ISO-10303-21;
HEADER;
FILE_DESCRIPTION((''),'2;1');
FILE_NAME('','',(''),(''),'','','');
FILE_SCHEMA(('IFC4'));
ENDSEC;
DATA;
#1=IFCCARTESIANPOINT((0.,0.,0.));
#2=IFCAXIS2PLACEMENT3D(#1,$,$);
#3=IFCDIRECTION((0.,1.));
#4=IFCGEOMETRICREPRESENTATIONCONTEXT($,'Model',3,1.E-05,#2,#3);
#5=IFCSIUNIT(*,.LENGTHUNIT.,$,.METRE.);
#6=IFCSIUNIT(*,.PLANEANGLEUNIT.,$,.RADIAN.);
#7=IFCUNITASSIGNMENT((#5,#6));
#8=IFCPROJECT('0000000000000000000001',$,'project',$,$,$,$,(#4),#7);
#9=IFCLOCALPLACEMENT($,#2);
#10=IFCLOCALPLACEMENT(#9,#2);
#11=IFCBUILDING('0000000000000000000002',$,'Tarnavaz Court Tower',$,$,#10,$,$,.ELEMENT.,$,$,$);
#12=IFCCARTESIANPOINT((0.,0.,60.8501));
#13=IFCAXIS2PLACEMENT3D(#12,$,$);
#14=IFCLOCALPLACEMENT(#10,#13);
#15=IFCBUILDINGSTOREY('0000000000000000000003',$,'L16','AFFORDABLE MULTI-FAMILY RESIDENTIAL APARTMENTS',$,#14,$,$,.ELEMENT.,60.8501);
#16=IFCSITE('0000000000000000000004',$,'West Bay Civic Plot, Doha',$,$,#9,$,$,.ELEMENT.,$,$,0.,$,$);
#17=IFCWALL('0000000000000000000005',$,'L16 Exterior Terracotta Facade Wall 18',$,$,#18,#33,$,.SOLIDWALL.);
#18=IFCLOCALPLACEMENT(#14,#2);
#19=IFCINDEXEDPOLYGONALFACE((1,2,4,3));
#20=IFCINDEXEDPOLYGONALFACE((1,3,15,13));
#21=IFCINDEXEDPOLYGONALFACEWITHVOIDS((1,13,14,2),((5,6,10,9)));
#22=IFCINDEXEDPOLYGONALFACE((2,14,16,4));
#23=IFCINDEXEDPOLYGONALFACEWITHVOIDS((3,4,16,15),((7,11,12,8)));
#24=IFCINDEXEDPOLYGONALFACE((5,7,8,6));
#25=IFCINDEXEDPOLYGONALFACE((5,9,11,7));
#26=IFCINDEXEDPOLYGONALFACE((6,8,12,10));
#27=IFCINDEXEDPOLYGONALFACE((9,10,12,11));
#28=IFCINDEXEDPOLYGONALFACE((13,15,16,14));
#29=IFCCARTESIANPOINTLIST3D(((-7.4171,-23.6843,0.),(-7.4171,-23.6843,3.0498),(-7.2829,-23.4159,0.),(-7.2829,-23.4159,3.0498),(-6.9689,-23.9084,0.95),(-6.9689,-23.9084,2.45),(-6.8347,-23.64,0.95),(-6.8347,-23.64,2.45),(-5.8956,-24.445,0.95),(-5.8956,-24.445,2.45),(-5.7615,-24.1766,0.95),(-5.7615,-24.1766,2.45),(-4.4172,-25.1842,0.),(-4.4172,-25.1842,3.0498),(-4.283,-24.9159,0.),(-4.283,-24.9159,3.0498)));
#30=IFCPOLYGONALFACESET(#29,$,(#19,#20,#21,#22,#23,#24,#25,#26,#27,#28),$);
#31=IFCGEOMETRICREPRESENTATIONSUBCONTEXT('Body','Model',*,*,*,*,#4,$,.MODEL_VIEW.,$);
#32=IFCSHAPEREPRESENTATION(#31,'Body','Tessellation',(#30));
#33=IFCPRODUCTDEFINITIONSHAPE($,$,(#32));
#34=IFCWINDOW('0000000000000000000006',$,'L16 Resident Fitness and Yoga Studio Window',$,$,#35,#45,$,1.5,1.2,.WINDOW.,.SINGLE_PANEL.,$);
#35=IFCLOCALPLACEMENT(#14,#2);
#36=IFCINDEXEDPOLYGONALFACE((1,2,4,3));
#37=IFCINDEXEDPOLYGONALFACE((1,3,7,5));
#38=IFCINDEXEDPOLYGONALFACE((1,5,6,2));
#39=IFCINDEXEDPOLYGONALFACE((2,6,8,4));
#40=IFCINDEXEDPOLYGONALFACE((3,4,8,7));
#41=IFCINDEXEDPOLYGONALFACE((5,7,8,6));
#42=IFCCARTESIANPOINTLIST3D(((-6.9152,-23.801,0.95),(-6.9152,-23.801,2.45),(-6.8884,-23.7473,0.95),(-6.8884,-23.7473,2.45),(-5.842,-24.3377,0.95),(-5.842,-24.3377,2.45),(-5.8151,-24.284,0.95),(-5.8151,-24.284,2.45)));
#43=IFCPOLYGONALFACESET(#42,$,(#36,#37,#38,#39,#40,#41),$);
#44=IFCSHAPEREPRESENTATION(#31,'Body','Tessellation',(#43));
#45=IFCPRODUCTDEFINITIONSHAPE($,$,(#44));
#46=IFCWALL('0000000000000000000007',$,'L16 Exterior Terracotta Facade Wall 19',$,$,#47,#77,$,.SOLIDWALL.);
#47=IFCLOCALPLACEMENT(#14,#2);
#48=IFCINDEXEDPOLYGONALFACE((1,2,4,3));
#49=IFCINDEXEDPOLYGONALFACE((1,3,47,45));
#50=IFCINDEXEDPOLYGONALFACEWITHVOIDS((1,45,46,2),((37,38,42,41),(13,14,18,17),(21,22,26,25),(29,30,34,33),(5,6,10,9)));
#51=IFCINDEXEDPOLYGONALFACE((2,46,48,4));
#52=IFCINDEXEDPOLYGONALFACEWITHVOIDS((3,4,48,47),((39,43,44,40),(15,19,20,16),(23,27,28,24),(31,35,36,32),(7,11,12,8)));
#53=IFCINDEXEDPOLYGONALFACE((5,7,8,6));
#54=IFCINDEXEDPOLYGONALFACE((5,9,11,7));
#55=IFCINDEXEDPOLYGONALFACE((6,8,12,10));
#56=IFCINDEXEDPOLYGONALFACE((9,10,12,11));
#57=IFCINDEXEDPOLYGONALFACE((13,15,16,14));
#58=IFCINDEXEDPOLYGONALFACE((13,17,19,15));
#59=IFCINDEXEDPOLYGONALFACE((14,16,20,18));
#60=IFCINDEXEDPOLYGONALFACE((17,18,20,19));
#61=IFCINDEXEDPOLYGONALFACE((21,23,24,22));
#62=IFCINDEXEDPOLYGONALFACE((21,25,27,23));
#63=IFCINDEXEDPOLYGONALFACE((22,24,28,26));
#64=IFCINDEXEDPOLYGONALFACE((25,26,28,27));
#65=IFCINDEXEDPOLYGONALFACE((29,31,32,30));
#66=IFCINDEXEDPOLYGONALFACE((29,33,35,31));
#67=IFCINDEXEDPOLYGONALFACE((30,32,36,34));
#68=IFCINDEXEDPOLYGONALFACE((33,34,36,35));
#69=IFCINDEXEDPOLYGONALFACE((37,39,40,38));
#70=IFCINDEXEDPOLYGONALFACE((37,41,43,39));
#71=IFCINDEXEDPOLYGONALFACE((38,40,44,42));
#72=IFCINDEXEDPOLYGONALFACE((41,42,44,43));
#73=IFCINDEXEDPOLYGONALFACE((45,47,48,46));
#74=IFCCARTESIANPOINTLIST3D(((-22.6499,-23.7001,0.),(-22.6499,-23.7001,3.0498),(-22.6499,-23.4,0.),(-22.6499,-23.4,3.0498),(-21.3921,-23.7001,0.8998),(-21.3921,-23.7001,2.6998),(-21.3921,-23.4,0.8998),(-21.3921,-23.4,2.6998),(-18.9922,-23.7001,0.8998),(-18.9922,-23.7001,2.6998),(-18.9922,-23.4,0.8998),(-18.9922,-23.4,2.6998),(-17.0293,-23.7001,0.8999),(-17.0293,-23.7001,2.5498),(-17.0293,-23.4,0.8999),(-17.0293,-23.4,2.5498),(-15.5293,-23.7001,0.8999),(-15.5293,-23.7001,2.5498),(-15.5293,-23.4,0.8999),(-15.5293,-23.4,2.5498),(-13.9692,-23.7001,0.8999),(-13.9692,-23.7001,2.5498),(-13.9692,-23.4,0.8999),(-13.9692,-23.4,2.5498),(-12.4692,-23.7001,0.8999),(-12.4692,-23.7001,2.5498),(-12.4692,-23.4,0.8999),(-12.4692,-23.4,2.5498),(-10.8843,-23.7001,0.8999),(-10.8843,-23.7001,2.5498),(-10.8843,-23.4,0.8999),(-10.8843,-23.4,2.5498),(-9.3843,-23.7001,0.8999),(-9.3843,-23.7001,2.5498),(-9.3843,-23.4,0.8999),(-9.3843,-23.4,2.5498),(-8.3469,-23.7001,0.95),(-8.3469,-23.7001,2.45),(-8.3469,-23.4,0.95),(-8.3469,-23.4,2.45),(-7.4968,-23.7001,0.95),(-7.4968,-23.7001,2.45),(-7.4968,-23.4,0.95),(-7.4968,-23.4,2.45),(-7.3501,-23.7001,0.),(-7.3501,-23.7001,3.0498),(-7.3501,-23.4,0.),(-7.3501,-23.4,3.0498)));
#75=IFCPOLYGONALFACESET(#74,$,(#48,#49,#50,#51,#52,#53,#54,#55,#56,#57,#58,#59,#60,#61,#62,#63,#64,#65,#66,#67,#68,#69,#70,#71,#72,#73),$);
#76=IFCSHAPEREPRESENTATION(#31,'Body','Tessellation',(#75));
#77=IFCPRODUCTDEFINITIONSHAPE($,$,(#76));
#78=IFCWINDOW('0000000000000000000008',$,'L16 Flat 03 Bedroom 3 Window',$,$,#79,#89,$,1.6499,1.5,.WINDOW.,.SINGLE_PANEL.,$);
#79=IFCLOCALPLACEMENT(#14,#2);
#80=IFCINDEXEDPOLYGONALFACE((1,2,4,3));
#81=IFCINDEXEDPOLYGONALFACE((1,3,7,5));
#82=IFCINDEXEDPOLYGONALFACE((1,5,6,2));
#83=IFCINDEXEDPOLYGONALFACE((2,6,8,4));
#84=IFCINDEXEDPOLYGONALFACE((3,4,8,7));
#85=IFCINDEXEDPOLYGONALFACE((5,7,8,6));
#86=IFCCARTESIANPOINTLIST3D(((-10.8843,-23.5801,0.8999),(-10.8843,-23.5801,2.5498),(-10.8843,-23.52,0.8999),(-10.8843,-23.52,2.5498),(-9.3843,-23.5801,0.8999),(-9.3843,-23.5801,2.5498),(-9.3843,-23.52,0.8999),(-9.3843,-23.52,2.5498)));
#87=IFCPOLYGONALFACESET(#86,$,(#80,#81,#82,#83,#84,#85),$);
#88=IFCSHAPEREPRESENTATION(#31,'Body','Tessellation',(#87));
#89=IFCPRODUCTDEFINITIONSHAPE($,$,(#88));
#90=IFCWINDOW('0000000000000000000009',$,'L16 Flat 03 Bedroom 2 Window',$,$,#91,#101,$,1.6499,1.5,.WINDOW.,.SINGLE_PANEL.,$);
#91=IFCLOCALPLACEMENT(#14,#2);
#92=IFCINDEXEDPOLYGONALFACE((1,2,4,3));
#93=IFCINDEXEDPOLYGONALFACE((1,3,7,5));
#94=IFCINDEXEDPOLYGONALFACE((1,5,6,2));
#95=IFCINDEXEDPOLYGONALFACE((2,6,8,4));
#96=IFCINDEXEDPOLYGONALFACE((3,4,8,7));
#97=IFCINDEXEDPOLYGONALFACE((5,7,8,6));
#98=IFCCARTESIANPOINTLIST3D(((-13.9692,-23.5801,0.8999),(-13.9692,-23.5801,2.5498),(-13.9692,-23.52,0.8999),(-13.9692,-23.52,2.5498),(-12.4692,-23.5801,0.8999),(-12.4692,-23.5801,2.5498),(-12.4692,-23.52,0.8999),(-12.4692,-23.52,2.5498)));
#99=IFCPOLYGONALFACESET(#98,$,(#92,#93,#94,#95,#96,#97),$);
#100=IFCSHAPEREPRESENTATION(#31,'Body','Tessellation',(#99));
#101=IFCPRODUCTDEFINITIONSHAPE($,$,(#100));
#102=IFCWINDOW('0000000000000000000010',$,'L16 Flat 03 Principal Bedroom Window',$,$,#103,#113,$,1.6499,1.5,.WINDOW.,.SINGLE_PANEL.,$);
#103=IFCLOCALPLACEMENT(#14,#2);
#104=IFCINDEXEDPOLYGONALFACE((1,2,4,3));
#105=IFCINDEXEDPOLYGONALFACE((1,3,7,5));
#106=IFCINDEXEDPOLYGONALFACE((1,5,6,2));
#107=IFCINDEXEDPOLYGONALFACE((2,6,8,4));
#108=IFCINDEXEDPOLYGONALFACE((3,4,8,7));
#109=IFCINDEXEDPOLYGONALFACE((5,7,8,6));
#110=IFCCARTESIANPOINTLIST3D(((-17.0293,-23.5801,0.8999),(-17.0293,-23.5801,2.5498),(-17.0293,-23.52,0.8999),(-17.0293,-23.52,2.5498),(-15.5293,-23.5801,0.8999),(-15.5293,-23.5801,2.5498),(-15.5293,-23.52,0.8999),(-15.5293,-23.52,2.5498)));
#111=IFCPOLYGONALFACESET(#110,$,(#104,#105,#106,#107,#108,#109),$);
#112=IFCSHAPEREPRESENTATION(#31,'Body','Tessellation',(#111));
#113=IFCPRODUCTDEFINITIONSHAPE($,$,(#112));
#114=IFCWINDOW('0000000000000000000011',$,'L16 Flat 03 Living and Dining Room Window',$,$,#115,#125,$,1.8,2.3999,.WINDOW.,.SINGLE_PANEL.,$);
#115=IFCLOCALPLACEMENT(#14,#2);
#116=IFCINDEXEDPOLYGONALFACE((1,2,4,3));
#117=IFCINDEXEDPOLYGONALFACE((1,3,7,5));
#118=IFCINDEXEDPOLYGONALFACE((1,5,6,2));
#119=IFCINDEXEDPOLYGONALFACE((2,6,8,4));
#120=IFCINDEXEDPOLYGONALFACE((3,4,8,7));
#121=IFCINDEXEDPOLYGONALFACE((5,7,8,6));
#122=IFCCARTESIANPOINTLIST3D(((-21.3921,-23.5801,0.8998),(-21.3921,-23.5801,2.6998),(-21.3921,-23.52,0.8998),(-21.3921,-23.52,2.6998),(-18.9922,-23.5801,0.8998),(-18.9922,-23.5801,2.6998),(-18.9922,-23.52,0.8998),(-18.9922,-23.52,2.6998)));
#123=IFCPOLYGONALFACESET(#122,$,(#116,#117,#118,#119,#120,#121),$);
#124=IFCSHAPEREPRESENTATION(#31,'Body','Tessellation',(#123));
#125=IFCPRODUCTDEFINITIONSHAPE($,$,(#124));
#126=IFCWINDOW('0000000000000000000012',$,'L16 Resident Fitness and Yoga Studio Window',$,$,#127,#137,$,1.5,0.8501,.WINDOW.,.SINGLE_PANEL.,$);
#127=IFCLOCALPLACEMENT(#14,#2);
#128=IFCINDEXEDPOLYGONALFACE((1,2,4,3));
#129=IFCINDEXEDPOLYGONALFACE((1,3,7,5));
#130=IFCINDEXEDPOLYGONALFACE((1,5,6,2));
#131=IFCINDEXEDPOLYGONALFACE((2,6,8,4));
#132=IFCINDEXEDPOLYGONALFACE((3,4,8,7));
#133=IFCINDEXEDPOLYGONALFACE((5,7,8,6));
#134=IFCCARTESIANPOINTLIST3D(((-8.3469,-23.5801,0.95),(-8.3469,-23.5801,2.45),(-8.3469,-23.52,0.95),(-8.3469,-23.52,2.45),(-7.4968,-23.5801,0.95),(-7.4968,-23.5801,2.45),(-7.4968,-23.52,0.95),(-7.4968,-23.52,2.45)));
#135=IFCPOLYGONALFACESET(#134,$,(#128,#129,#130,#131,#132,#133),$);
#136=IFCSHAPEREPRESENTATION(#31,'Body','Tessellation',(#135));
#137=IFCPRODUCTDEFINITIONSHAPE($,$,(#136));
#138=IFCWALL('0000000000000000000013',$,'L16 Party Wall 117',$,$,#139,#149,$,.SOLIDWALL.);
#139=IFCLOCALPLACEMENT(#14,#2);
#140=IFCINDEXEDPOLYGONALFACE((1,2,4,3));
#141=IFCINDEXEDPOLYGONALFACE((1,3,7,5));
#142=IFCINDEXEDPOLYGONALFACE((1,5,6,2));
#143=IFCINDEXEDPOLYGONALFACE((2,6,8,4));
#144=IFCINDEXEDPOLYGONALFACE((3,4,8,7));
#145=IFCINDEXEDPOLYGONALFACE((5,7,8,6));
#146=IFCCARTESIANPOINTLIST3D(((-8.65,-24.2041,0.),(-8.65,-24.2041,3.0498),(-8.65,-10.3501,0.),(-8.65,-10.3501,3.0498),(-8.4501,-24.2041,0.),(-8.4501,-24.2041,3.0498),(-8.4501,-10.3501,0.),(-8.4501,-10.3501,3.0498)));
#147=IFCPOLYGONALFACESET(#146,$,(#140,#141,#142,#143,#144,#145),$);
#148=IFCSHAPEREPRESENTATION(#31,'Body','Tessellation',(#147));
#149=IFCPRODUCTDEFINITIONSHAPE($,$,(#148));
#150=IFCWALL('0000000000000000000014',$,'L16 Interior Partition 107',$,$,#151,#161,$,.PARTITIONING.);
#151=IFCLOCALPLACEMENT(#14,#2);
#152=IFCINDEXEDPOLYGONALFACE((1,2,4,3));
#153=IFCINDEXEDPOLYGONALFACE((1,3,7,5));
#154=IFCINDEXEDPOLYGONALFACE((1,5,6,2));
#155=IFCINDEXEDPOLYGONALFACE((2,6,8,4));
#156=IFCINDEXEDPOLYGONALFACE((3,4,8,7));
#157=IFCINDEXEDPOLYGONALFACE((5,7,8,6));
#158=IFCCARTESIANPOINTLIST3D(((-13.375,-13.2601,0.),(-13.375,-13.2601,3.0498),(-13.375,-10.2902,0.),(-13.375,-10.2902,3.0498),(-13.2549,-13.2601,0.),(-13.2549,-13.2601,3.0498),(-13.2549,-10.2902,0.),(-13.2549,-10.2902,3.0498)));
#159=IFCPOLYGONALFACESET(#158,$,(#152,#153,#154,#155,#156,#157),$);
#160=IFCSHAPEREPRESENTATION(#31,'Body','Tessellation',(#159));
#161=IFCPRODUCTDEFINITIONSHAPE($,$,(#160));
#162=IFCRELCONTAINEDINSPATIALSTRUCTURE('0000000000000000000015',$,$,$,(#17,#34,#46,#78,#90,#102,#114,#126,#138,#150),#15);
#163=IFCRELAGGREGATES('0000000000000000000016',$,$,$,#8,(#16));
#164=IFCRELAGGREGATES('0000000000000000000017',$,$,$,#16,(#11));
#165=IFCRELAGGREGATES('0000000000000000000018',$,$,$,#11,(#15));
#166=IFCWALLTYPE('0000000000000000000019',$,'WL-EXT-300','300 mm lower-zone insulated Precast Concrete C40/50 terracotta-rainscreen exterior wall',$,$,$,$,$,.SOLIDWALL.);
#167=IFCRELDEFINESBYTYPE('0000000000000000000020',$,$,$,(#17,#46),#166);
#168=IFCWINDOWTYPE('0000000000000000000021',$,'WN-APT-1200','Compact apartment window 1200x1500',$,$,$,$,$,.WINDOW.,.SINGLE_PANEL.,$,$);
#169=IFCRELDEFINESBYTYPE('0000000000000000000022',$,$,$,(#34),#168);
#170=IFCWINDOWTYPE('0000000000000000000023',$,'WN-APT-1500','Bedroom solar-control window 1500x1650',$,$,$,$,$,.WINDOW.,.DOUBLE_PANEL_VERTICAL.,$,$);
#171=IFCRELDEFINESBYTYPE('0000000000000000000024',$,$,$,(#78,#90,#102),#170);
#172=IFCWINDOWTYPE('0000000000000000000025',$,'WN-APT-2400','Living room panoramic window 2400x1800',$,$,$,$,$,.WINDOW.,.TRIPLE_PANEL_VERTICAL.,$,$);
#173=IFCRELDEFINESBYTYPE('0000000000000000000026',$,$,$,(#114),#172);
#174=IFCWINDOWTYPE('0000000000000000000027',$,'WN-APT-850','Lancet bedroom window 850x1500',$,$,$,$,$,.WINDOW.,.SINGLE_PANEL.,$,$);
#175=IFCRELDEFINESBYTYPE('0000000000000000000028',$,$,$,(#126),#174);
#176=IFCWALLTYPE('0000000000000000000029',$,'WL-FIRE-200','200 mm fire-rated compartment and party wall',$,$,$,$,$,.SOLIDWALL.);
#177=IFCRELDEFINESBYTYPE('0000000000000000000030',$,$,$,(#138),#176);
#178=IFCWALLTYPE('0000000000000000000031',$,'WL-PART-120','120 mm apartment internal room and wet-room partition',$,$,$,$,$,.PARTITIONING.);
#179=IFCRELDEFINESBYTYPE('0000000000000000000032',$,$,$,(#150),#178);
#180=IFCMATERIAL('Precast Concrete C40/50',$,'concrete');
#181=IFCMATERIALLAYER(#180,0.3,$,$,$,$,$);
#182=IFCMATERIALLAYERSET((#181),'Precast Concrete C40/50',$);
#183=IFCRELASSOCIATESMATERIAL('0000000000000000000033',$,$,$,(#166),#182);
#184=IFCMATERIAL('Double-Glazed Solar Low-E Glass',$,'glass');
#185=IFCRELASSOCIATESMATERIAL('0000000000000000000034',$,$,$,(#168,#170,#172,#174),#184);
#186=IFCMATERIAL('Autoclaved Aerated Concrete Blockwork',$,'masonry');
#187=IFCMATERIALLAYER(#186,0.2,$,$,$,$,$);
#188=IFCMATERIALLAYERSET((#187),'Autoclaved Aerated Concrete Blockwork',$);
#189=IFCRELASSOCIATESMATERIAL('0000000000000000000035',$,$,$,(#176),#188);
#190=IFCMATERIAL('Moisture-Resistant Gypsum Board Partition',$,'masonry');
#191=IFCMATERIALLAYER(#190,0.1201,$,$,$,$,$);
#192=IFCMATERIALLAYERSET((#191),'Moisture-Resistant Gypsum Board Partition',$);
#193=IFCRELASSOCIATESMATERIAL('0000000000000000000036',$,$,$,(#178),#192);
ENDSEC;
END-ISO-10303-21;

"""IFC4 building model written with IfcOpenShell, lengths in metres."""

from ifc_helpers import new_model, si_unit, direction, frame, frame_2d, origin, place, context, subcontext, project, spatial, rectangle, extrude, material, layer, layer_set, type_object, element, fill, save


model = new_model("IFC4")

# Units and contexts
model_context = context("Model", 3, precision=1e-05, world=origin(), true_north=direction((0.0, 1.0)))
body_context = subcontext(model_context, "Body", "Model", "MODEL_VIEW")
ifc_project = project(units=[si_unit("LENGTHUNIT", "METRE"), si_unit("PLANEANGLEUNIT", "RADIAN")], contexts=[model_context])

# Site, building, storey
site_placement = place(None, origin())
site = spatial("IfcSite", under=ifc_project, at=site_placement, Name="West Bay Civic Plot, Doha", CompositionType="ELEMENT", RefElevation=0.0)
building_placement = place(site_placement, origin())
building = spatial("IfcBuilding", under=site, at=building_placement, Name="Tarnavaz Court Tower", CompositionType="ELEMENT")
storey_placement = place(building_placement, frame((0.0, 0.0, 60.8501)))
storey = spatial("IfcBuildingStorey", under=building, at=storey_placement, Name="L16", Description="AFFORDABLE MULTI-FAMILY RESIDENTIAL APARTMENTS", CompositionType="ELEMENT", Elevation=60.8501)

# Shared definitions
ifc_material_1 = material(Name="Double-Glazed Solar Low-E Glass", Category="glass")

# Wall, opening, window
ifc_material_2 = material(Name="Precast Concrete C40/50", Category="concrete")
ifc_layer_1 = layer(ifc_material_2, 0.3)
ifc_layer_set_1 = layer_set([ifc_layer_1], Name="Precast Concrete C40/50")
wall_type_1 = type_object("IfcWallType", Name="WL-EXT-300", Description="300 mm lower-zone insulated Precast Concrete C40/50 terracotta-rainscreen exterior wall", PredefinedType="SOLIDWALL", material=ifc_layer_set_1)
wall_1_placement = place(storey_placement, frame((-4.3501, -25.05, 0.0), z_axis=(0.0, 0.0, 1.0), x_axis=(-0.894427, 0.447214, 0.0)))
wall_1 = element("IfcWall", 1, at=wall_1_placement, inside=storey, type_object=wall_type_1, Name="L16 Exterior Terracotta Facade Wall 18", PredefinedType="SOLIDWALL", context=body_context, shape_type="SweptSolid", body=[
    extrude(rectangle(XDim=3.354, YDim=0.3, at=frame_2d((1.677, 0.0))), origin(), (0.0, 0.0, 1.0), 3.0498),
])
opening_1_placement = place(wall_1_placement, frame((1.6528, 0.0, 0.95)))
opening_1 = element("IfcOpeningElement", 2, at=opening_1_placement, cuts=wall_1, PredefinedType="OPENING", context=body_context, shape_type="SweptSolid", body=[
    extrude(rectangle(XDim=1.2, YDim=1.5, at=frame_2d((0.6001, 0.75))), frame((0.0, 0.1599, 0.0), z_axis=(0.0, -1.0, 0.0), x_axis=(1.0, 0.0, 0.0)), (0.0, 0.0, 1.0), 0.3201),
])
window_type_1 = type_object("IfcWindowType", Name="WN-APT-1200", Description="Compact apartment window 1200x1500", PartitioningType="SINGLE_PANEL", PredefinedType="WINDOW", material=ifc_material_1)
window_1_placement = place(opening_1_placement, origin())
window_1 = element("IfcWindow", 3, at=window_1_placement, inside=storey, type_object=window_type_1, Name="L16 Resident Fitness and Yoga Studio Window", OverallHeight=1.5, OverallWidth=1.2, PartitioningType="SINGLE_PANEL", PredefinedType="WINDOW", context=body_context, shape_type="SweptSolid", body=[
    extrude(rectangle(XDim=1.2, YDim=1.5, at=frame_2d((0.6001, 0.75))), frame((0.0, 0.03, 0.0), z_axis=(0.0, -1.0, 0.0), x_axis=(1.0, 0.0, 0.0)), (0.0, 0.0, 1.0), 0.0601),
])
fill(opening_1, window_1)

# Wall, openings, windows
wall_2_placement = place(storey_placement, frame((-7.3501, -23.55, 0.0), z_axis=(0.0, 0.0, 1.0), x_axis=(-1.0, 0.0, 0.0)))
wall_2 = element("IfcWall", 4, at=wall_2_placement, inside=storey, type_object=wall_type_1, Name="L16 Exterior Terracotta Facade Wall 19", PredefinedType="SOLIDWALL", context=body_context, shape_type="SweptSolid", body=[
    extrude(rectangle(XDim=15.2998, YDim=0.3, at=frame_2d((7.6499, 0.0))), origin(), (0.0, 0.0, 1.0), 3.0498),
])
opening_2_placement = place(wall_2_placement, frame((0.1467, 0.0, 0.95)))
opening_2 = element("IfcOpeningElement", 5, at=opening_2_placement, cuts=wall_2, PredefinedType="OPENING", context=body_context, shape_type="SweptSolid", body=[
    extrude(rectangle(XDim=0.8501, YDim=1.5, at=frame_2d((0.425, 0.75))), frame((0.0, 0.1599, 0.0), z_axis=(0.0, -1.0, 0.0), x_axis=(1.0, 0.0, 0.0)), (0.0, 0.0, 1.0), 0.3201),
])
opening_3_placement = place(wall_2_placement, frame((2.0342, 0.0, 0.8999)))
opening_3 = element("IfcOpeningElement", 6, at=opening_3_placement, cuts=wall_2, PredefinedType="OPENING", context=body_context, shape_type="SweptSolid", body=[
    extrude(rectangle(XDim=1.5, YDim=1.6499, at=frame_2d((0.75, 0.825))), frame((0.0, 0.1599, 0.0), z_axis=(0.0, -1.0, 0.0), x_axis=(1.0, 0.0, 0.0)), (0.0, 0.0, 1.0), 0.3201),
])
opening_4_placement = place(wall_2_placement, frame((5.1191, 0.0, 0.8999)))
opening_4 = element("IfcOpeningElement", 7, at=opening_4_placement, cuts=wall_2, PredefinedType="OPENING", context=body_context, shape_type="SweptSolid", body=[
    extrude(rectangle(XDim=1.5, YDim=1.6499, at=frame_2d((0.75, 0.825))), frame((0.0, 0.1599, 0.0), z_axis=(0.0, -1.0, 0.0), x_axis=(1.0, 0.0, 0.0)), (0.0, 0.0, 1.0), 0.3201),
])
opening_5_placement = place(wall_2_placement, frame((8.1792, 0.0, 0.8999)))
opening_5 = element("IfcOpeningElement", 8, at=opening_5_placement, cuts=wall_2, PredefinedType="OPENING", context=body_context, shape_type="SweptSolid", body=[
    extrude(rectangle(XDim=1.5, YDim=1.6499, at=frame_2d((0.75, 0.825))), frame((0.0, 0.1599, 0.0), z_axis=(0.0, -1.0, 0.0), x_axis=(1.0, 0.0, 0.0)), (0.0, 0.0, 1.0), 0.3201),
])
opening_6_placement = place(wall_2_placement, frame((11.6421, 0.0, 0.8999)))
opening_6 = element("IfcOpeningElement", 9, at=opening_6_placement, cuts=wall_2, PredefinedType="OPENING", context=body_context, shape_type="SweptSolid", body=[
    extrude(rectangle(XDim=2.3999, YDim=1.8, at=frame_2d((1.2, 0.8999))), frame((0.0, 0.1599, 0.0), z_axis=(0.0, -1.0, 0.0), x_axis=(1.0, 0.0, 0.0)), (0.0, 0.0, 1.0), 0.3201),
])
window_type_2 = type_object("IfcWindowType", Name="WN-APT-1500", Description="Bedroom solar-control window 1500x1650", PartitioningType="DOUBLE_PANEL_VERTICAL", PredefinedType="WINDOW", material=ifc_material_1)
window_2_placement = place(opening_3_placement, origin())
window_2 = element("IfcWindow", 10, at=window_2_placement, inside=storey, type_object=window_type_2, Name="L16 Flat 03 Bedroom 3 Window", OverallHeight=1.6499, OverallWidth=1.5, PartitioningType="SINGLE_PANEL", PredefinedType="WINDOW", context=body_context, shape_type="SweptSolid", body=[
    extrude(rectangle(XDim=1.5, YDim=1.6499, at=frame_2d((0.75, 0.825))), frame((0.0, 0.03, 0.0), z_axis=(0.0, -1.0, 0.0), x_axis=(1.0, 0.0, 0.0)), (0.0, 0.0, 1.0), 0.0601),
])
fill(opening_3, window_2)
window_3_placement = place(opening_4_placement, origin())
window_3 = element("IfcWindow", 11, at=window_3_placement, inside=storey, type_object=window_type_2, Name="L16 Flat 03 Bedroom 2 Window", OverallHeight=1.6499, OverallWidth=1.5, PartitioningType="SINGLE_PANEL", PredefinedType="WINDOW", context=body_context, shape_type="SweptSolid", body=[
    extrude(rectangle(XDim=1.5, YDim=1.6499, at=frame_2d((0.75, 0.825))), frame((0.0, 0.03, 0.0), z_axis=(0.0, -1.0, 0.0), x_axis=(1.0, 0.0, 0.0)), (0.0, 0.0, 1.0), 0.0601),
])
fill(opening_4, window_3)
window_4_placement = place(opening_5_placement, origin())
window_4 = element("IfcWindow", 12, at=window_4_placement, inside=storey, type_object=window_type_2, Name="L16 Flat 03 Principal Bedroom Window", OverallHeight=1.6499, OverallWidth=1.5, PartitioningType="SINGLE_PANEL", PredefinedType="WINDOW", context=body_context, shape_type="SweptSolid", body=[
    extrude(rectangle(XDim=1.5, YDim=1.6499, at=frame_2d((0.75, 0.825))), frame((0.0, 0.03, 0.0), z_axis=(0.0, -1.0, 0.0), x_axis=(1.0, 0.0, 0.0)), (0.0, 0.0, 1.0), 0.0601),
])
fill(opening_5, window_4)
window_type_3 = type_object("IfcWindowType", Name="WN-APT-2400", Description="Living room panoramic window 2400x1800", PartitioningType="TRIPLE_PANEL_VERTICAL", PredefinedType="WINDOW", material=ifc_material_1)
window_5_placement = place(opening_6_placement, origin())
window_5 = element("IfcWindow", 13, at=window_5_placement, inside=storey, type_object=window_type_3, Name="L16 Flat 03 Living and Dining Room Window", OverallHeight=1.8, OverallWidth=2.3999, PartitioningType="SINGLE_PANEL", PredefinedType="WINDOW", context=body_context, shape_type="SweptSolid", body=[
    extrude(rectangle(XDim=2.3999, YDim=1.8, at=frame_2d((1.2, 0.8999))), frame((0.0, 0.03, 0.0), z_axis=(0.0, -1.0, 0.0), x_axis=(1.0, 0.0, 0.0)), (0.0, 0.0, 1.0), 0.0601),
])
fill(opening_6, window_5)
window_type_4 = type_object("IfcWindowType", Name="WN-APT-850", Description="Lancet bedroom window 850x1500", PartitioningType="SINGLE_PANEL", PredefinedType="WINDOW", material=ifc_material_1)
window_6_placement = place(opening_2_placement, origin())
window_6 = element("IfcWindow", 14, at=window_6_placement, inside=storey, type_object=window_type_4, Name="L16 Resident Fitness and Yoga Studio Window", OverallHeight=1.5, OverallWidth=0.8501, PartitioningType="SINGLE_PANEL", PredefinedType="WINDOW", context=body_context, shape_type="SweptSolid", body=[
    extrude(rectangle(XDim=0.8501, YDim=1.5, at=frame_2d((0.425, 0.75))), frame((0.0, 0.03, 0.0), z_axis=(0.0, -1.0, 0.0), x_axis=(1.0, 0.0, 0.0)), (0.0, 0.0, 1.0), 0.0601),
])
fill(opening_2, window_6)

# Walls
ifc_material_3 = material(Name="Autoclaved Aerated Concrete Blockwork", Category="masonry")
ifc_layer_2 = layer(ifc_material_3, 0.2)
ifc_layer_set_2 = layer_set([ifc_layer_2], Name="Autoclaved Aerated Concrete Blockwork")
wall_type_2 = type_object("IfcWallType", Name="WL-FIRE-200", Description="200 mm fire-rated compartment and party wall", PredefinedType="SOLIDWALL", material=ifc_layer_set_2)
wall_3_placement = place(storey_placement, frame((-8.55, -24.2041, 0.0), z_axis=(0.0, 0.0, 1.0), x_axis=(0.0, 1.0, 0.0)))
element("IfcWall", 15, at=wall_3_placement, inside=storey, type_object=wall_type_2, Name="L16 Party Wall 117", PredefinedType="SOLIDWALL", context=body_context, shape_type="SweptSolid", body=[
    extrude(rectangle(XDim=13.854, YDim=0.2, at=frame_2d((6.927, 0.0))), origin(), (0.0, 0.0, 1.0), 3.0498),
])
ifc_material_4 = material(Name="Moisture-Resistant Gypsum Board Partition", Category="masonry")
ifc_layer_3 = layer(ifc_material_4, 0.1201)
ifc_layer_set_3 = layer_set([ifc_layer_3], Name="Moisture-Resistant Gypsum Board Partition")
wall_type_3 = type_object("IfcWallType", Name="WL-PART-120", Description="120 mm apartment internal room and wet-room partition", PredefinedType="PARTITIONING", material=ifc_layer_set_3)
wall_4_placement = place(storey_placement, frame((-13.3149, -13.26, 0.0), z_axis=(0.0, 0.0, 1.0), x_axis=(0.0, 1.0, 0.0)))
element("IfcWall", 16, at=wall_4_placement, inside=storey, type_object=wall_type_3, Name="L16 Interior Partition 107", PredefinedType="PARTITIONING", context=body_context, shape_type="SweptSolid", body=[
    extrude(rectangle(XDim=2.97, YDim=0.1201, at=frame_2d((1.4849, 0.0))), origin(), (0.0, 0.0, 1.0), 3.0498),
])

save(model, "model.ifc")
